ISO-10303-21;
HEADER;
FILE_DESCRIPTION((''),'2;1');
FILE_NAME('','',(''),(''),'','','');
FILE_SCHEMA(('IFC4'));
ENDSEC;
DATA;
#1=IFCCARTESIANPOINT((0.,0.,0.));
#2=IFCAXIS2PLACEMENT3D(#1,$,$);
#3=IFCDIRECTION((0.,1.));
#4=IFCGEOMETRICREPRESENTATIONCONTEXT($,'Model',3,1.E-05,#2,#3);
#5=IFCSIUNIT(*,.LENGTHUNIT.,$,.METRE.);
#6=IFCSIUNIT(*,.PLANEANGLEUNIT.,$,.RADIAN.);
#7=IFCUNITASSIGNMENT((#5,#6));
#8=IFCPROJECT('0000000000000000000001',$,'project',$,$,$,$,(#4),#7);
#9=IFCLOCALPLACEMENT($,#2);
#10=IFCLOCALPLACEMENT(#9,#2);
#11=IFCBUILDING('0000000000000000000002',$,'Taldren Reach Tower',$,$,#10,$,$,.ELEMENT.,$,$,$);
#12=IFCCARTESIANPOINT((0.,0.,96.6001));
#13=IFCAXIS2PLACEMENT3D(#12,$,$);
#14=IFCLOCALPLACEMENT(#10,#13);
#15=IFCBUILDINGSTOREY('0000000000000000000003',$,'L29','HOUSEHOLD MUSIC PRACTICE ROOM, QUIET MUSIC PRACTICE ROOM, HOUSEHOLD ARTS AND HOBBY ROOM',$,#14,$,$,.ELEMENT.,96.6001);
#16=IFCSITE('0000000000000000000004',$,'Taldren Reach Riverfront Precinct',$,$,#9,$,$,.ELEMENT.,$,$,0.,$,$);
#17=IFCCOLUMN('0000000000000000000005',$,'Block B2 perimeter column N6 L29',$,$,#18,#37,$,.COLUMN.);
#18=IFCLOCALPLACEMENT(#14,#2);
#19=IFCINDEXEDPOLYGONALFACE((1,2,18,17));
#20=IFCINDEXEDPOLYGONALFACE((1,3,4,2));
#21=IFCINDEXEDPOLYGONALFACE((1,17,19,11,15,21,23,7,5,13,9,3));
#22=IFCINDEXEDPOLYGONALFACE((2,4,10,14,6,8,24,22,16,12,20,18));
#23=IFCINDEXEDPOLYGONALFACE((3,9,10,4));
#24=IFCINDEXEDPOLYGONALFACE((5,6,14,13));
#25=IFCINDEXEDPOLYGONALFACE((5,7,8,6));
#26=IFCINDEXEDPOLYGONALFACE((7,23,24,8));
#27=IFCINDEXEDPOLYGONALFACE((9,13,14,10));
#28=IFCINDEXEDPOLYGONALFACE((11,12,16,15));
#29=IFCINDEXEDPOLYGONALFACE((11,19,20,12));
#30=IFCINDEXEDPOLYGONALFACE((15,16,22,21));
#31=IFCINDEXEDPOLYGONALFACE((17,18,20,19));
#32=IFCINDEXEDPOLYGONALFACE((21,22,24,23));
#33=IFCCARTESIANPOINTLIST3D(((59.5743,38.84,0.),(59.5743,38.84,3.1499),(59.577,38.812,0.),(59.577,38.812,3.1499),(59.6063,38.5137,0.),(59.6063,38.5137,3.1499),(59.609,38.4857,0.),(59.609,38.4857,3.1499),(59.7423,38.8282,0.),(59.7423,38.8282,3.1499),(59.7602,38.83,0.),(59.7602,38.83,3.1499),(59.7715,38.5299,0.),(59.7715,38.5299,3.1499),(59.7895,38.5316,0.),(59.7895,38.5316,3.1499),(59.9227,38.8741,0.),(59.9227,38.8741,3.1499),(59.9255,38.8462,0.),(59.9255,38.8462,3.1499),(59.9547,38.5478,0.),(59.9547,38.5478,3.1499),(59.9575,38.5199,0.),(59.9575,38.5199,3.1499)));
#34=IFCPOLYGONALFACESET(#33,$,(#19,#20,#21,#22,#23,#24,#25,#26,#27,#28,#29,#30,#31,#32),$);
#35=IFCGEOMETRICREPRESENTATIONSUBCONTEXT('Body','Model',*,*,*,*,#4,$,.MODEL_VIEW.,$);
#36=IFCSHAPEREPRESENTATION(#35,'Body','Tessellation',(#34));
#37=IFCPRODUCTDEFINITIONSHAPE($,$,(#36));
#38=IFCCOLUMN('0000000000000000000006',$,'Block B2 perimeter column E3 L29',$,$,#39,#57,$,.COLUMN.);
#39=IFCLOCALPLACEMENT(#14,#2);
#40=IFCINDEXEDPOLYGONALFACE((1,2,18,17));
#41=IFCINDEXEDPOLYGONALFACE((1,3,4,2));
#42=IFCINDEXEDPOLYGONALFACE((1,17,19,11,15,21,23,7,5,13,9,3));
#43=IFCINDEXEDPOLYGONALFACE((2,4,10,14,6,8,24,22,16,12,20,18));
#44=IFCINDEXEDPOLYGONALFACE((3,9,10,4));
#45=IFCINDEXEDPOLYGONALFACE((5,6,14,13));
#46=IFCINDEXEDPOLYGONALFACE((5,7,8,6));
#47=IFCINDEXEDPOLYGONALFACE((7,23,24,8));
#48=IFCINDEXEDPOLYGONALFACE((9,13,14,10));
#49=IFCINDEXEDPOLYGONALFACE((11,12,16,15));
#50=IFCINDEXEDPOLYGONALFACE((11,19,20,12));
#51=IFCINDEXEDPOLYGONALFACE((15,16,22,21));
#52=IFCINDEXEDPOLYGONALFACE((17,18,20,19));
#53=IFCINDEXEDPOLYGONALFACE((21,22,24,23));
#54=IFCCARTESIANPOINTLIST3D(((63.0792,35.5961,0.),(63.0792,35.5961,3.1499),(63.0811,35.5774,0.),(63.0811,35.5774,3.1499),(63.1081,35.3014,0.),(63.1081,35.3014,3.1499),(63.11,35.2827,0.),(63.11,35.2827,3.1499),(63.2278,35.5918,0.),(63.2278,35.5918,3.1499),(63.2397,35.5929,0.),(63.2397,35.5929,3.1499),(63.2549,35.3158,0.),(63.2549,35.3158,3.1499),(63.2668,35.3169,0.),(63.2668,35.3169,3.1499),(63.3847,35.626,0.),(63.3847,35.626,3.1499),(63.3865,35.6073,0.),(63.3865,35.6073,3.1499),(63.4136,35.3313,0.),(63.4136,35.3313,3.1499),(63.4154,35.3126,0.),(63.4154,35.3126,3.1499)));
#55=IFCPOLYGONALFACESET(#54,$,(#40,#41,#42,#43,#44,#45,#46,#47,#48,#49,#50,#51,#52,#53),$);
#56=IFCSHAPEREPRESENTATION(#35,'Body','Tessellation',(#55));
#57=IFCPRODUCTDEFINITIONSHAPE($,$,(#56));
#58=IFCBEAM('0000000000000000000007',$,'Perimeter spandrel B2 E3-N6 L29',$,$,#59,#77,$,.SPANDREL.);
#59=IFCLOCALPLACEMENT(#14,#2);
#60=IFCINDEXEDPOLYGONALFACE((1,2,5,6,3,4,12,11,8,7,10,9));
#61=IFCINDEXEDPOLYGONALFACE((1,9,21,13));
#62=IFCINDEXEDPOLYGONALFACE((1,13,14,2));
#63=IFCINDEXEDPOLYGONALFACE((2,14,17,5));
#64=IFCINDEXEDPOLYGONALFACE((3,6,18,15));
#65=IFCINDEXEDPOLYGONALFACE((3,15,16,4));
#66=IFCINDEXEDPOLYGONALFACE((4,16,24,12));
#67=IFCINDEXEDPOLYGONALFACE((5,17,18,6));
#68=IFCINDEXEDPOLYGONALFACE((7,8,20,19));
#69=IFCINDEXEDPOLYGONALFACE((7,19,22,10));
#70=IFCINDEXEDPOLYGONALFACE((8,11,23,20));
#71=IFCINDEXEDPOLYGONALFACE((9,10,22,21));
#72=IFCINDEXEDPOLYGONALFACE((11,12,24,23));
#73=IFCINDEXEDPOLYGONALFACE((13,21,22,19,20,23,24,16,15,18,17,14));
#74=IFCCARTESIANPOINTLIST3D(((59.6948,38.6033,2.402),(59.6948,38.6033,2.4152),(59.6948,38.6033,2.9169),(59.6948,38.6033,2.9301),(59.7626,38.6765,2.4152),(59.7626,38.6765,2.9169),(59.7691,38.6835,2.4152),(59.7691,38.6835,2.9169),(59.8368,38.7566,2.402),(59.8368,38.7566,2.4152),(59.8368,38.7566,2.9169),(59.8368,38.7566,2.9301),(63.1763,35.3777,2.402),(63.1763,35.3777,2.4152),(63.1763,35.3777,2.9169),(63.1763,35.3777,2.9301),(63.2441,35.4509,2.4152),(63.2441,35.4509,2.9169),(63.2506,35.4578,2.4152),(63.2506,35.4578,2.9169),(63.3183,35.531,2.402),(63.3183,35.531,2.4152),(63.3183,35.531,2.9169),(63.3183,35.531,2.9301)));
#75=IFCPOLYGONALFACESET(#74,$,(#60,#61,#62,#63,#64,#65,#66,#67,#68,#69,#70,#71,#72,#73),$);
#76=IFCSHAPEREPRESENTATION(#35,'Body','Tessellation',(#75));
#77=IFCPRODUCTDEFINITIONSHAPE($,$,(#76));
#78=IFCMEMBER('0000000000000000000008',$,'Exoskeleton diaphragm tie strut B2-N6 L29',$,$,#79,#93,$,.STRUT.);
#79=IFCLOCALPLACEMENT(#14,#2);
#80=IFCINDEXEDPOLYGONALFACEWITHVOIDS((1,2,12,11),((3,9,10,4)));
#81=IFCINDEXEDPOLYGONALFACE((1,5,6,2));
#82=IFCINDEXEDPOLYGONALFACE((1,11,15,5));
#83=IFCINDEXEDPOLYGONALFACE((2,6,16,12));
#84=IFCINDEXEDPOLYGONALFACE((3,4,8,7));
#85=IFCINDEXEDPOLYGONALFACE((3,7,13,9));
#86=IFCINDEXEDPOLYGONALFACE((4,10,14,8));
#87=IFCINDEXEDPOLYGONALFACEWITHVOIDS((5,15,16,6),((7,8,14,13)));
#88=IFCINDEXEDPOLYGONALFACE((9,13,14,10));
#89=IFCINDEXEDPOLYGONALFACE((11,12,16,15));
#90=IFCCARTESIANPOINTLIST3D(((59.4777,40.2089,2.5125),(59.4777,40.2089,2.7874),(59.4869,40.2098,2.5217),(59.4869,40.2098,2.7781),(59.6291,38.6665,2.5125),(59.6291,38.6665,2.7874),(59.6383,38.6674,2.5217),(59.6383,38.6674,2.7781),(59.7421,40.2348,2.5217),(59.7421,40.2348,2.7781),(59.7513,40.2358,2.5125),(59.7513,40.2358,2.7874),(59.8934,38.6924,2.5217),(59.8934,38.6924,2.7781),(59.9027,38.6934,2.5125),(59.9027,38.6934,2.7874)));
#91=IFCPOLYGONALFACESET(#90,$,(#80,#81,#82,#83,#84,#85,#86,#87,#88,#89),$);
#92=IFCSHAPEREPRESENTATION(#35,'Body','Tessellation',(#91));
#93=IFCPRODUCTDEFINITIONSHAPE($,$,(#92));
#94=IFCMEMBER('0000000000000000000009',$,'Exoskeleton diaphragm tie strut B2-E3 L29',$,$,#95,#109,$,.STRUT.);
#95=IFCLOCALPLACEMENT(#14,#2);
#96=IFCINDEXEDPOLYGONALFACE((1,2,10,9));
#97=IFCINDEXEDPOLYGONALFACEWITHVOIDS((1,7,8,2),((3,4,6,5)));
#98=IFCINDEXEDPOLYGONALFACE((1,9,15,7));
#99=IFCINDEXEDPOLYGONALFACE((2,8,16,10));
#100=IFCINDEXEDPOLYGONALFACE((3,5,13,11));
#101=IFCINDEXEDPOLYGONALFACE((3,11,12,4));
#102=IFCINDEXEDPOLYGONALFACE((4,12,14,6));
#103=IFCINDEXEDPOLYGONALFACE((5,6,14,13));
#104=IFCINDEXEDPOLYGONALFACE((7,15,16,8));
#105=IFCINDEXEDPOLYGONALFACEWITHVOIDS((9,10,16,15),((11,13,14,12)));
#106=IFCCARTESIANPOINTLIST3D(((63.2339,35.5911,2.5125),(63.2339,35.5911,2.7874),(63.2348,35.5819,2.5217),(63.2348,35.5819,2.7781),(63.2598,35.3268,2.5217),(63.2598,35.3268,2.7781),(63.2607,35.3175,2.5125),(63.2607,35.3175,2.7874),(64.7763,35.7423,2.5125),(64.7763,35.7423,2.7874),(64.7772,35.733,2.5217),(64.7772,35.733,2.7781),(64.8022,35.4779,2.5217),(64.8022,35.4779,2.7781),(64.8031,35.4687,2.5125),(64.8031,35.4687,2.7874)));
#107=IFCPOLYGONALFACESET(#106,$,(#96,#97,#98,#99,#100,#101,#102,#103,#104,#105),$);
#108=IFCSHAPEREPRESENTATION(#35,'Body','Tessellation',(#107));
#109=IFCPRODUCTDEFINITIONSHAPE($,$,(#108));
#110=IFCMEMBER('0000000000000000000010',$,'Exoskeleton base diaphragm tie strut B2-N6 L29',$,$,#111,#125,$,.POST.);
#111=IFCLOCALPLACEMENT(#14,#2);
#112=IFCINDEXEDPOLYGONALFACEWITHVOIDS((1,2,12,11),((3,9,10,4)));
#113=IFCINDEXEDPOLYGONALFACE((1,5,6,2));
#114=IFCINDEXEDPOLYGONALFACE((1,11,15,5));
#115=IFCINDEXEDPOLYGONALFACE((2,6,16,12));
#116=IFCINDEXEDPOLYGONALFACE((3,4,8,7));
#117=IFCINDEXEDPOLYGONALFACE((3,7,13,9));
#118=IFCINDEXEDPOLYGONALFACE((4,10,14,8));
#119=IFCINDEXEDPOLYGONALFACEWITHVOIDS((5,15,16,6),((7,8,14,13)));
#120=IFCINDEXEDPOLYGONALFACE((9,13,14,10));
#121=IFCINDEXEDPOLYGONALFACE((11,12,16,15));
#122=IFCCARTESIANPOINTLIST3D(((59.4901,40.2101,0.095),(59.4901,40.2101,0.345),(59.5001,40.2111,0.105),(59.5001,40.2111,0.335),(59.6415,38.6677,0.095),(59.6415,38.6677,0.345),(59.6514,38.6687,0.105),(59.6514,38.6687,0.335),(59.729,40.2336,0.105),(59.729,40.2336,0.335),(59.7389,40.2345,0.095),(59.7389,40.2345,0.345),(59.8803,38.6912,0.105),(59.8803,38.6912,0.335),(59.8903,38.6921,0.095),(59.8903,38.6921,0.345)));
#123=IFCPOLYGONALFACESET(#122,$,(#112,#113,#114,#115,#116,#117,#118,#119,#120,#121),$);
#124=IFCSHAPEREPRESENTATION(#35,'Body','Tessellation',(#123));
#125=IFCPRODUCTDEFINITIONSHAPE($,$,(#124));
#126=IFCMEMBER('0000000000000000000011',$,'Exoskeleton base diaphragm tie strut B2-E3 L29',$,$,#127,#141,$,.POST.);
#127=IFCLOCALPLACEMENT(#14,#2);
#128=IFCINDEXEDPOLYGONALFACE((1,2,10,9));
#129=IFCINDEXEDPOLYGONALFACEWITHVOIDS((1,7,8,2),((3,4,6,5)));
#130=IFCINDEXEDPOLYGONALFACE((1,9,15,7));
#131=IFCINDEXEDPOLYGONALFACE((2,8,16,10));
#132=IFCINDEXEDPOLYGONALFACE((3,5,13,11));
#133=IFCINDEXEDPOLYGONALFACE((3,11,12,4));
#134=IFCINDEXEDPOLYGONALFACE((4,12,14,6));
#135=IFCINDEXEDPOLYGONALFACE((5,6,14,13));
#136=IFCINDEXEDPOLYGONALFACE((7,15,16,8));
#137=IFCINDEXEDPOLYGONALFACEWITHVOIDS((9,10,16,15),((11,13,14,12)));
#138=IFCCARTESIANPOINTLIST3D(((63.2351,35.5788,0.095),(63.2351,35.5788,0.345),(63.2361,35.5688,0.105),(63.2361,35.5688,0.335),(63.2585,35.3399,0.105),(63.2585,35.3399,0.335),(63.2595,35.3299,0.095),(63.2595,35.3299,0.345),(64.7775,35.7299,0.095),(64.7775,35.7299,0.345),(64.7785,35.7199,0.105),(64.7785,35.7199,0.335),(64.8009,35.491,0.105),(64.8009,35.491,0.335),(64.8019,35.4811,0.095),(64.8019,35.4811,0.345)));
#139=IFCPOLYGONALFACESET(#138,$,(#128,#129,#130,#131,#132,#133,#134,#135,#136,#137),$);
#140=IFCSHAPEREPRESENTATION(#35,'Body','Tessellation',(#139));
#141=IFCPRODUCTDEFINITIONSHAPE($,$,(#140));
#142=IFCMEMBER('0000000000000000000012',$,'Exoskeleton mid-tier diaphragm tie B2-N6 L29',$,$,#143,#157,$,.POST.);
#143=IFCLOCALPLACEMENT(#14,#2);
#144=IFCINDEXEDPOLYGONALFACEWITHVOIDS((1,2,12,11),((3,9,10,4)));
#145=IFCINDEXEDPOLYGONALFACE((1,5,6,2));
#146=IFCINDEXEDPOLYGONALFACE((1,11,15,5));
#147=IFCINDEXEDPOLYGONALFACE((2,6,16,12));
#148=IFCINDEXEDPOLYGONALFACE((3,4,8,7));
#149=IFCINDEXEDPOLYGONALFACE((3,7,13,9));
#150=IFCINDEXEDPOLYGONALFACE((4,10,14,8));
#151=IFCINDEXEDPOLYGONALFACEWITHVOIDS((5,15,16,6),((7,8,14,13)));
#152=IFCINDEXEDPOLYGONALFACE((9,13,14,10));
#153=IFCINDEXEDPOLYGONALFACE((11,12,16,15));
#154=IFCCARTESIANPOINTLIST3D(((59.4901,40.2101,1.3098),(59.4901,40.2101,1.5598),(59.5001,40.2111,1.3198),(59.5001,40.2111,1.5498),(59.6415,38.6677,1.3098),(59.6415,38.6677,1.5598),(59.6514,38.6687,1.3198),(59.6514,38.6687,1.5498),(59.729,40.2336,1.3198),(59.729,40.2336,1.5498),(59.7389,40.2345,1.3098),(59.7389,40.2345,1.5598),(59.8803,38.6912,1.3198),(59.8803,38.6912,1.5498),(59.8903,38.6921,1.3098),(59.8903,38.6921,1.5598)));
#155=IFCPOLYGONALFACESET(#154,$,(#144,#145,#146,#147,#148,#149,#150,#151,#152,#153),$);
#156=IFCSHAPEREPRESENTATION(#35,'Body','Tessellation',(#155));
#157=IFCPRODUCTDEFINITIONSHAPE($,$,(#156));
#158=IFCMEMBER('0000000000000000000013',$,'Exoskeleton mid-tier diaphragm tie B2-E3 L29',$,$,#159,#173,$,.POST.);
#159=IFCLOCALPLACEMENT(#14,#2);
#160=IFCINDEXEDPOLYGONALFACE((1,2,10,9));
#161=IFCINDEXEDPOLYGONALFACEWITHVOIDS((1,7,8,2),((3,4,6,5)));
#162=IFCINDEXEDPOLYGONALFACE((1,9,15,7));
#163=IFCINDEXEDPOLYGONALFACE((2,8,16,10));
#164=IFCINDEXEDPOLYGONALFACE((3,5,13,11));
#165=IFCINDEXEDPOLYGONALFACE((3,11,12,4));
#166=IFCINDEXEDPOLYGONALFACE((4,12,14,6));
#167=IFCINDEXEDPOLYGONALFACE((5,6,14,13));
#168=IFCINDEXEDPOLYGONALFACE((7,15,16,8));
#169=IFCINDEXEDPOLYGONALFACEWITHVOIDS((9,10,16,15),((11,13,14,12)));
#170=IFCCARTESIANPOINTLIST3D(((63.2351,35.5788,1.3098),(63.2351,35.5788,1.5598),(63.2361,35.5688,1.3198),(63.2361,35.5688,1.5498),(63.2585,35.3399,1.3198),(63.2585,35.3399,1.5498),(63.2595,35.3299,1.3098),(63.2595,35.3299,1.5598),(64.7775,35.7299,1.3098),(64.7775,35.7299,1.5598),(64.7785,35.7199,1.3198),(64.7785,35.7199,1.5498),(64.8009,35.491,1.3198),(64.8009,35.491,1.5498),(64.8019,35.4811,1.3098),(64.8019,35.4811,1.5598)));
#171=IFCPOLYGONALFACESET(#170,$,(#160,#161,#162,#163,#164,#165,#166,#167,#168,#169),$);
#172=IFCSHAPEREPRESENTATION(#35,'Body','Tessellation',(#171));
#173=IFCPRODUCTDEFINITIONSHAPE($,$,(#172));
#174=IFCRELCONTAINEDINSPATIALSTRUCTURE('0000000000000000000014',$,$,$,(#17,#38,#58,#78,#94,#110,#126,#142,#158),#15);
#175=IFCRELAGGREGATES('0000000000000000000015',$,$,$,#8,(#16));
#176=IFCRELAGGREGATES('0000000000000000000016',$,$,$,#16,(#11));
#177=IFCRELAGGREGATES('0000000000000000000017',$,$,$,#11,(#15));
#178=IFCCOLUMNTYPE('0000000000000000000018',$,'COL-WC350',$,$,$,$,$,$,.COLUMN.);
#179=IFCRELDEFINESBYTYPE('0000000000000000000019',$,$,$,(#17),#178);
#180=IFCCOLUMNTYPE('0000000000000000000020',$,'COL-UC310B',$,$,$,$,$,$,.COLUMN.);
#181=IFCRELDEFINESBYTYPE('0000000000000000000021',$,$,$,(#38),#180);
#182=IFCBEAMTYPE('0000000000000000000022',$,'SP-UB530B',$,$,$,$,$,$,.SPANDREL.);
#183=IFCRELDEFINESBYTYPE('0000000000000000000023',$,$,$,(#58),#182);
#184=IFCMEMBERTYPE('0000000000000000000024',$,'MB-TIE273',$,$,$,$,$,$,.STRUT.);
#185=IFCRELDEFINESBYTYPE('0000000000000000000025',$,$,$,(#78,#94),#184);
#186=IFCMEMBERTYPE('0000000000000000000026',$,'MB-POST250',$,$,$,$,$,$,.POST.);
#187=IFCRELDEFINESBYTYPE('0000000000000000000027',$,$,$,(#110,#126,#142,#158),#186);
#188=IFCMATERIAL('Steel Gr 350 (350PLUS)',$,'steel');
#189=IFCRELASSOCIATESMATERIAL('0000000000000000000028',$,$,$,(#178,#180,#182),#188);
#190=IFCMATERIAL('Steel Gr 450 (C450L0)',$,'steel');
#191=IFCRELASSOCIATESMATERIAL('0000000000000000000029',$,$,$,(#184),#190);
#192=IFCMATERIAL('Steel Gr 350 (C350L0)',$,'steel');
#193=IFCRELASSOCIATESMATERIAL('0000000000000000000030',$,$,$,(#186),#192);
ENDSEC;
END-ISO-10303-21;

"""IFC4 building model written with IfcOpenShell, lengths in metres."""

from ifc_helpers import new_model, si_unit, direction, frame, origin, origin_2d, place, context, subcontext, project, spatial, hollow_rectangle, i_section, extrude, source, transform, mapped, material, material_profile, profile_set, type_object, element, save


model = new_model("IFC4")

# Units and contexts
model_context = context("Model", 3, precision=1e-05, world=origin(), true_north=direction((0.0, 1.0)))
body_context = subcontext(model_context, "Body", "Model", "MODEL_VIEW")
ifc_project = project(units=[si_unit("LENGTHUNIT", "METRE"), si_unit("PLANEANGLEUNIT", "RADIAN")], contexts=[model_context])

# Site, building, storey
site_placement = place(None, origin())
site = spatial("IfcSite", under=ifc_project, at=site_placement, Name="Taldren Reach Riverfront Precinct", CompositionType="ELEMENT", RefElevation=0.0)
building_placement = place(site_placement, origin())
building = spatial("IfcBuilding", under=site, at=building_placement, Name="Taldren Reach Tower", CompositionType="ELEMENT")
storey_placement = place(building_placement, frame((0.0, 0.0, 96.6001)))
storey = spatial("IfcBuildingStorey", under=building, at=storey_placement, Name="L29", Description="HOUSEHOLD MUSIC PRACTICE ROOM, QUIET MUSIC PRACTICE ROOM, HOUSEHOLD ARTS AND HOBBY ROOM", CompositionType="ELEMENT", Elevation=96.6001)

# Columns
ifc_material_1 = material(Name="Steel Gr 350 (350PLUS)", Category="steel")
ifc_material_profile_1 = material_profile(ifc_material_1, i_section(OverallWidth=0.3501, OverallDepth=0.356, WebThickness=0.0181, FlangeThickness=0.0281, at=origin_2d()), Name="350WC197")
ifc_profile_set_1 = profile_set([ifc_material_profile_1], Name="Steel Gr 350 (350PLUS)")
column_type_1 = type_object("IfcColumnType", Name="COL-WC350", PredefinedType="COLUMN", material=ifc_profile_set_1)
shared_shape_1 = source(origin(), body_context, "Body", "SweptSolid", [
    extrude(i_section(OverallWidth=0.3501, OverallDepth=0.356, WebThickness=0.0181, FlangeThickness=0.0281, at=origin_2d()), origin(), (0.0, 0.0, 1.0), 3.1499),
])
column_1_placement = place(storey_placement, frame((59.7659, 38.6799, 0.0), z_axis=(0.0, 0.0, 1.0), x_axis=(0.995227, 0.097583, 0.0)))
element("IfcColumn", 1, at=column_1_placement, inside=storey, type_object=column_type_1, Name="Block B2 perimeter column N6 L29", PredefinedType="COLUMN", context=body_context, shape_type="MappedRepresentation", body=[
    mapped(shared_shape_1, transform((0.0, 0.0, 0.0), scale=1.0)),
])
ifc_material_profile_2 = material_profile(ifc_material_1, i_section(OverallWidth=0.3069, OverallDepth=0.3149, WebThickness=0.012, FlangeThickness=0.0188, at=origin_2d()), Name="310UC118")
ifc_profile_set_2 = profile_set([ifc_material_profile_2], Name="Steel Gr 350 (350PLUS)")
column_type_2 = type_object("IfcColumnType", Name="COL-UC310B", PredefinedType="COLUMN", material=ifc_profile_set_2)
shared_shape_2 = source(origin(), body_context, "Body", "SweptSolid", [
    extrude(i_section(OverallWidth=0.3069, OverallDepth=0.3149, WebThickness=0.012, FlangeThickness=0.0188, at=origin_2d()), origin(), (0.0, 0.0, 1.0), 3.1499),
])
column_2_placement = place(storey_placement, frame((63.2473, 35.4543, 0.0), z_axis=(0.0, 0.0, 1.0), x_axis=(0.995227, 0.097583, 0.0)))
element("IfcColumn", 2, at=column_2_placement, inside=storey, type_object=column_type_2, Name="Block B2 perimeter column E3 L29", PredefinedType="COLUMN", context=body_context, shape_type="MappedRepresentation", body=[
    mapped(shared_shape_2, transform((0.0, 0.0, 0.0), scale=1.0)),
])

# Beam
ifc_material_profile_3 = material_profile(ifc_material_1, i_section(OverallWidth=0.209, OverallDepth=0.5281, WebThickness=0.0095, FlangeThickness=0.0132, at=origin_2d()), Name="530UB82.0")
ifc_profile_set_3 = profile_set([ifc_material_profile_3], Name="Steel Gr 350 (350PLUS)")
beam_type = type_object("IfcBeamType", Name="SP-UB530B", PredefinedType="SPANDREL", material=ifc_profile_set_3)
shared_shape_3 = source(origin(), body_context, "Body", "SweptSolid", [
    extrude(i_section(OverallWidth=0.209, OverallDepth=0.5281, WebThickness=0.0095, FlangeThickness=0.0132, at=origin_2d()), origin(), (0.0, 0.0, 1.0), 4.7461),
])
beam_1_placement = place(storey_placement, frame((63.2473, 35.4543, 2.666), z_axis=(-0.733548, 0.679638, 0.0), x_axis=(-0.679638, -0.733548, 0.0)))
element("IfcBeam", 3, at=beam_1_placement, inside=storey, type_object=beam_type, Name="Perimeter spandrel B2 E3-N6 L29", PredefinedType="SPANDREL", context=body_context, shape_type="MappedRepresentation", body=[
    mapped(shared_shape_3, transform((0.0, 0.0, 0.0), scale=1.0)),
])

# Members
ifc_material_2 = material(Name="Steel Gr 450 (C450L0)", Category="steel")
ifc_material_profile_4 = material_profile(ifc_material_2, hollow_rectangle(XDim=0.2749, YDim=0.2749, WallThickness=0.0093, at=origin_2d()), Name="275x275x9.3SHS")
ifc_profile_set_4 = profile_set([ifc_material_profile_4], Name="Steel Gr 450 (C450L0)")
member_type_1 = type_object("IfcMemberType", Name="MB-TIE273", PredefinedType="STRUT", material=ifc_profile_set_4)
shared_shape_4 = source(origin(), body_context, "Body", "SweptSolid", [
    extrude(hollow_rectangle(XDim=0.2749, YDim=0.2749, WallThickness=0.0093, at=origin_2d()), origin(), (0.0, 0.0, 1.0), 1.5498),
])
for number, where, z_axis, x_axis, name in (
    (4, (59.7659, 38.6799, 2.6499), (-0.097663, 0.99522, 0.0), (-0.99522, -0.097663, 0.0), "Exoskeleton diaphragm tie strut B2-N6 L29"),
    (5, (63.2473, 35.4543, 2.6499), (0.995235, 0.097507, 0.0), (-0.097507, 0.995235, 0.0), "Exoskeleton diaphragm tie strut B2-E3 L29"),
):
    element("IfcMember", number, at=place(storey_placement, frame(where, z_axis=z_axis, x_axis=x_axis)), inside=storey, type_object=member_type_1, Name=name, PredefinedType="STRUT", context=body_context, shape_type="MappedRepresentation", body=[
        mapped(shared_shape_4, transform((0.0, 0.0, 0.0), scale=1.0)),
    ])
ifc_material_3 = material(Name="Steel Gr 350 (C350L0)", Category="steel")
ifc_material_profile_5 = material_profile(ifc_material_3, hollow_rectangle(XDim=0.25, YDim=0.25, WallThickness=0.01, at=origin_2d()), Name="250x250x10.0SHS")
ifc_profile_set_5 = profile_set([ifc_material_profile_5], Name="Steel Gr 350 (C350L0)")
member_type_2 = type_object("IfcMemberType", Name="MB-POST250", PredefinedType="POST", material=ifc_profile_set_5)
shared_shape_5 = source(origin(), body_context, "Body", "SweptSolid", [
    extrude(hollow_rectangle(XDim=0.25, YDim=0.25, WallThickness=0.01, at=origin_2d()), origin(), (0.0, 0.0, 1.0), 1.5498),
])
for number, where, z_axis, x_axis, name in (
    (6, (59.7659, 38.6799, 0.22), (-0.097663, 0.99522, 0.0), (-0.99522, -0.097663, 0.0), "Exoskeleton base diaphragm tie strut B2-N6 L29"),
    (7, (63.2473, 35.4543, 0.22), (0.995235, 0.097507, 0.0), (-0.097507, 0.995235, 0.0), "Exoskeleton base diaphragm tie strut B2-E3 L29"),
    (8, (59.7659, 38.6799, 1.4348), (-0.097663, 0.99522, 0.0), (-0.99522, -0.097663, 0.0), "Exoskeleton mid-tier diaphragm tie B2-N6 L29"),
    (9, (63.2473, 35.4543, 1.4348), (0.995235, 0.097507, 0.0), (-0.097507, 0.995235, 0.0), "Exoskeleton mid-tier diaphragm tie B2-E3 L29"),
):
    element("IfcMember", number, at=place(storey_placement, frame(where, z_axis=z_axis, x_axis=x_axis)), inside=storey, type_object=member_type_2, Name=name, PredefinedType="POST", context=body_context, shape_type="MappedRepresentation", body=[
        mapped(shared_shape_5, transform((0.0, 0.0, 0.0), scale=1.0)),
    ])

save(model, "model.ifc")
